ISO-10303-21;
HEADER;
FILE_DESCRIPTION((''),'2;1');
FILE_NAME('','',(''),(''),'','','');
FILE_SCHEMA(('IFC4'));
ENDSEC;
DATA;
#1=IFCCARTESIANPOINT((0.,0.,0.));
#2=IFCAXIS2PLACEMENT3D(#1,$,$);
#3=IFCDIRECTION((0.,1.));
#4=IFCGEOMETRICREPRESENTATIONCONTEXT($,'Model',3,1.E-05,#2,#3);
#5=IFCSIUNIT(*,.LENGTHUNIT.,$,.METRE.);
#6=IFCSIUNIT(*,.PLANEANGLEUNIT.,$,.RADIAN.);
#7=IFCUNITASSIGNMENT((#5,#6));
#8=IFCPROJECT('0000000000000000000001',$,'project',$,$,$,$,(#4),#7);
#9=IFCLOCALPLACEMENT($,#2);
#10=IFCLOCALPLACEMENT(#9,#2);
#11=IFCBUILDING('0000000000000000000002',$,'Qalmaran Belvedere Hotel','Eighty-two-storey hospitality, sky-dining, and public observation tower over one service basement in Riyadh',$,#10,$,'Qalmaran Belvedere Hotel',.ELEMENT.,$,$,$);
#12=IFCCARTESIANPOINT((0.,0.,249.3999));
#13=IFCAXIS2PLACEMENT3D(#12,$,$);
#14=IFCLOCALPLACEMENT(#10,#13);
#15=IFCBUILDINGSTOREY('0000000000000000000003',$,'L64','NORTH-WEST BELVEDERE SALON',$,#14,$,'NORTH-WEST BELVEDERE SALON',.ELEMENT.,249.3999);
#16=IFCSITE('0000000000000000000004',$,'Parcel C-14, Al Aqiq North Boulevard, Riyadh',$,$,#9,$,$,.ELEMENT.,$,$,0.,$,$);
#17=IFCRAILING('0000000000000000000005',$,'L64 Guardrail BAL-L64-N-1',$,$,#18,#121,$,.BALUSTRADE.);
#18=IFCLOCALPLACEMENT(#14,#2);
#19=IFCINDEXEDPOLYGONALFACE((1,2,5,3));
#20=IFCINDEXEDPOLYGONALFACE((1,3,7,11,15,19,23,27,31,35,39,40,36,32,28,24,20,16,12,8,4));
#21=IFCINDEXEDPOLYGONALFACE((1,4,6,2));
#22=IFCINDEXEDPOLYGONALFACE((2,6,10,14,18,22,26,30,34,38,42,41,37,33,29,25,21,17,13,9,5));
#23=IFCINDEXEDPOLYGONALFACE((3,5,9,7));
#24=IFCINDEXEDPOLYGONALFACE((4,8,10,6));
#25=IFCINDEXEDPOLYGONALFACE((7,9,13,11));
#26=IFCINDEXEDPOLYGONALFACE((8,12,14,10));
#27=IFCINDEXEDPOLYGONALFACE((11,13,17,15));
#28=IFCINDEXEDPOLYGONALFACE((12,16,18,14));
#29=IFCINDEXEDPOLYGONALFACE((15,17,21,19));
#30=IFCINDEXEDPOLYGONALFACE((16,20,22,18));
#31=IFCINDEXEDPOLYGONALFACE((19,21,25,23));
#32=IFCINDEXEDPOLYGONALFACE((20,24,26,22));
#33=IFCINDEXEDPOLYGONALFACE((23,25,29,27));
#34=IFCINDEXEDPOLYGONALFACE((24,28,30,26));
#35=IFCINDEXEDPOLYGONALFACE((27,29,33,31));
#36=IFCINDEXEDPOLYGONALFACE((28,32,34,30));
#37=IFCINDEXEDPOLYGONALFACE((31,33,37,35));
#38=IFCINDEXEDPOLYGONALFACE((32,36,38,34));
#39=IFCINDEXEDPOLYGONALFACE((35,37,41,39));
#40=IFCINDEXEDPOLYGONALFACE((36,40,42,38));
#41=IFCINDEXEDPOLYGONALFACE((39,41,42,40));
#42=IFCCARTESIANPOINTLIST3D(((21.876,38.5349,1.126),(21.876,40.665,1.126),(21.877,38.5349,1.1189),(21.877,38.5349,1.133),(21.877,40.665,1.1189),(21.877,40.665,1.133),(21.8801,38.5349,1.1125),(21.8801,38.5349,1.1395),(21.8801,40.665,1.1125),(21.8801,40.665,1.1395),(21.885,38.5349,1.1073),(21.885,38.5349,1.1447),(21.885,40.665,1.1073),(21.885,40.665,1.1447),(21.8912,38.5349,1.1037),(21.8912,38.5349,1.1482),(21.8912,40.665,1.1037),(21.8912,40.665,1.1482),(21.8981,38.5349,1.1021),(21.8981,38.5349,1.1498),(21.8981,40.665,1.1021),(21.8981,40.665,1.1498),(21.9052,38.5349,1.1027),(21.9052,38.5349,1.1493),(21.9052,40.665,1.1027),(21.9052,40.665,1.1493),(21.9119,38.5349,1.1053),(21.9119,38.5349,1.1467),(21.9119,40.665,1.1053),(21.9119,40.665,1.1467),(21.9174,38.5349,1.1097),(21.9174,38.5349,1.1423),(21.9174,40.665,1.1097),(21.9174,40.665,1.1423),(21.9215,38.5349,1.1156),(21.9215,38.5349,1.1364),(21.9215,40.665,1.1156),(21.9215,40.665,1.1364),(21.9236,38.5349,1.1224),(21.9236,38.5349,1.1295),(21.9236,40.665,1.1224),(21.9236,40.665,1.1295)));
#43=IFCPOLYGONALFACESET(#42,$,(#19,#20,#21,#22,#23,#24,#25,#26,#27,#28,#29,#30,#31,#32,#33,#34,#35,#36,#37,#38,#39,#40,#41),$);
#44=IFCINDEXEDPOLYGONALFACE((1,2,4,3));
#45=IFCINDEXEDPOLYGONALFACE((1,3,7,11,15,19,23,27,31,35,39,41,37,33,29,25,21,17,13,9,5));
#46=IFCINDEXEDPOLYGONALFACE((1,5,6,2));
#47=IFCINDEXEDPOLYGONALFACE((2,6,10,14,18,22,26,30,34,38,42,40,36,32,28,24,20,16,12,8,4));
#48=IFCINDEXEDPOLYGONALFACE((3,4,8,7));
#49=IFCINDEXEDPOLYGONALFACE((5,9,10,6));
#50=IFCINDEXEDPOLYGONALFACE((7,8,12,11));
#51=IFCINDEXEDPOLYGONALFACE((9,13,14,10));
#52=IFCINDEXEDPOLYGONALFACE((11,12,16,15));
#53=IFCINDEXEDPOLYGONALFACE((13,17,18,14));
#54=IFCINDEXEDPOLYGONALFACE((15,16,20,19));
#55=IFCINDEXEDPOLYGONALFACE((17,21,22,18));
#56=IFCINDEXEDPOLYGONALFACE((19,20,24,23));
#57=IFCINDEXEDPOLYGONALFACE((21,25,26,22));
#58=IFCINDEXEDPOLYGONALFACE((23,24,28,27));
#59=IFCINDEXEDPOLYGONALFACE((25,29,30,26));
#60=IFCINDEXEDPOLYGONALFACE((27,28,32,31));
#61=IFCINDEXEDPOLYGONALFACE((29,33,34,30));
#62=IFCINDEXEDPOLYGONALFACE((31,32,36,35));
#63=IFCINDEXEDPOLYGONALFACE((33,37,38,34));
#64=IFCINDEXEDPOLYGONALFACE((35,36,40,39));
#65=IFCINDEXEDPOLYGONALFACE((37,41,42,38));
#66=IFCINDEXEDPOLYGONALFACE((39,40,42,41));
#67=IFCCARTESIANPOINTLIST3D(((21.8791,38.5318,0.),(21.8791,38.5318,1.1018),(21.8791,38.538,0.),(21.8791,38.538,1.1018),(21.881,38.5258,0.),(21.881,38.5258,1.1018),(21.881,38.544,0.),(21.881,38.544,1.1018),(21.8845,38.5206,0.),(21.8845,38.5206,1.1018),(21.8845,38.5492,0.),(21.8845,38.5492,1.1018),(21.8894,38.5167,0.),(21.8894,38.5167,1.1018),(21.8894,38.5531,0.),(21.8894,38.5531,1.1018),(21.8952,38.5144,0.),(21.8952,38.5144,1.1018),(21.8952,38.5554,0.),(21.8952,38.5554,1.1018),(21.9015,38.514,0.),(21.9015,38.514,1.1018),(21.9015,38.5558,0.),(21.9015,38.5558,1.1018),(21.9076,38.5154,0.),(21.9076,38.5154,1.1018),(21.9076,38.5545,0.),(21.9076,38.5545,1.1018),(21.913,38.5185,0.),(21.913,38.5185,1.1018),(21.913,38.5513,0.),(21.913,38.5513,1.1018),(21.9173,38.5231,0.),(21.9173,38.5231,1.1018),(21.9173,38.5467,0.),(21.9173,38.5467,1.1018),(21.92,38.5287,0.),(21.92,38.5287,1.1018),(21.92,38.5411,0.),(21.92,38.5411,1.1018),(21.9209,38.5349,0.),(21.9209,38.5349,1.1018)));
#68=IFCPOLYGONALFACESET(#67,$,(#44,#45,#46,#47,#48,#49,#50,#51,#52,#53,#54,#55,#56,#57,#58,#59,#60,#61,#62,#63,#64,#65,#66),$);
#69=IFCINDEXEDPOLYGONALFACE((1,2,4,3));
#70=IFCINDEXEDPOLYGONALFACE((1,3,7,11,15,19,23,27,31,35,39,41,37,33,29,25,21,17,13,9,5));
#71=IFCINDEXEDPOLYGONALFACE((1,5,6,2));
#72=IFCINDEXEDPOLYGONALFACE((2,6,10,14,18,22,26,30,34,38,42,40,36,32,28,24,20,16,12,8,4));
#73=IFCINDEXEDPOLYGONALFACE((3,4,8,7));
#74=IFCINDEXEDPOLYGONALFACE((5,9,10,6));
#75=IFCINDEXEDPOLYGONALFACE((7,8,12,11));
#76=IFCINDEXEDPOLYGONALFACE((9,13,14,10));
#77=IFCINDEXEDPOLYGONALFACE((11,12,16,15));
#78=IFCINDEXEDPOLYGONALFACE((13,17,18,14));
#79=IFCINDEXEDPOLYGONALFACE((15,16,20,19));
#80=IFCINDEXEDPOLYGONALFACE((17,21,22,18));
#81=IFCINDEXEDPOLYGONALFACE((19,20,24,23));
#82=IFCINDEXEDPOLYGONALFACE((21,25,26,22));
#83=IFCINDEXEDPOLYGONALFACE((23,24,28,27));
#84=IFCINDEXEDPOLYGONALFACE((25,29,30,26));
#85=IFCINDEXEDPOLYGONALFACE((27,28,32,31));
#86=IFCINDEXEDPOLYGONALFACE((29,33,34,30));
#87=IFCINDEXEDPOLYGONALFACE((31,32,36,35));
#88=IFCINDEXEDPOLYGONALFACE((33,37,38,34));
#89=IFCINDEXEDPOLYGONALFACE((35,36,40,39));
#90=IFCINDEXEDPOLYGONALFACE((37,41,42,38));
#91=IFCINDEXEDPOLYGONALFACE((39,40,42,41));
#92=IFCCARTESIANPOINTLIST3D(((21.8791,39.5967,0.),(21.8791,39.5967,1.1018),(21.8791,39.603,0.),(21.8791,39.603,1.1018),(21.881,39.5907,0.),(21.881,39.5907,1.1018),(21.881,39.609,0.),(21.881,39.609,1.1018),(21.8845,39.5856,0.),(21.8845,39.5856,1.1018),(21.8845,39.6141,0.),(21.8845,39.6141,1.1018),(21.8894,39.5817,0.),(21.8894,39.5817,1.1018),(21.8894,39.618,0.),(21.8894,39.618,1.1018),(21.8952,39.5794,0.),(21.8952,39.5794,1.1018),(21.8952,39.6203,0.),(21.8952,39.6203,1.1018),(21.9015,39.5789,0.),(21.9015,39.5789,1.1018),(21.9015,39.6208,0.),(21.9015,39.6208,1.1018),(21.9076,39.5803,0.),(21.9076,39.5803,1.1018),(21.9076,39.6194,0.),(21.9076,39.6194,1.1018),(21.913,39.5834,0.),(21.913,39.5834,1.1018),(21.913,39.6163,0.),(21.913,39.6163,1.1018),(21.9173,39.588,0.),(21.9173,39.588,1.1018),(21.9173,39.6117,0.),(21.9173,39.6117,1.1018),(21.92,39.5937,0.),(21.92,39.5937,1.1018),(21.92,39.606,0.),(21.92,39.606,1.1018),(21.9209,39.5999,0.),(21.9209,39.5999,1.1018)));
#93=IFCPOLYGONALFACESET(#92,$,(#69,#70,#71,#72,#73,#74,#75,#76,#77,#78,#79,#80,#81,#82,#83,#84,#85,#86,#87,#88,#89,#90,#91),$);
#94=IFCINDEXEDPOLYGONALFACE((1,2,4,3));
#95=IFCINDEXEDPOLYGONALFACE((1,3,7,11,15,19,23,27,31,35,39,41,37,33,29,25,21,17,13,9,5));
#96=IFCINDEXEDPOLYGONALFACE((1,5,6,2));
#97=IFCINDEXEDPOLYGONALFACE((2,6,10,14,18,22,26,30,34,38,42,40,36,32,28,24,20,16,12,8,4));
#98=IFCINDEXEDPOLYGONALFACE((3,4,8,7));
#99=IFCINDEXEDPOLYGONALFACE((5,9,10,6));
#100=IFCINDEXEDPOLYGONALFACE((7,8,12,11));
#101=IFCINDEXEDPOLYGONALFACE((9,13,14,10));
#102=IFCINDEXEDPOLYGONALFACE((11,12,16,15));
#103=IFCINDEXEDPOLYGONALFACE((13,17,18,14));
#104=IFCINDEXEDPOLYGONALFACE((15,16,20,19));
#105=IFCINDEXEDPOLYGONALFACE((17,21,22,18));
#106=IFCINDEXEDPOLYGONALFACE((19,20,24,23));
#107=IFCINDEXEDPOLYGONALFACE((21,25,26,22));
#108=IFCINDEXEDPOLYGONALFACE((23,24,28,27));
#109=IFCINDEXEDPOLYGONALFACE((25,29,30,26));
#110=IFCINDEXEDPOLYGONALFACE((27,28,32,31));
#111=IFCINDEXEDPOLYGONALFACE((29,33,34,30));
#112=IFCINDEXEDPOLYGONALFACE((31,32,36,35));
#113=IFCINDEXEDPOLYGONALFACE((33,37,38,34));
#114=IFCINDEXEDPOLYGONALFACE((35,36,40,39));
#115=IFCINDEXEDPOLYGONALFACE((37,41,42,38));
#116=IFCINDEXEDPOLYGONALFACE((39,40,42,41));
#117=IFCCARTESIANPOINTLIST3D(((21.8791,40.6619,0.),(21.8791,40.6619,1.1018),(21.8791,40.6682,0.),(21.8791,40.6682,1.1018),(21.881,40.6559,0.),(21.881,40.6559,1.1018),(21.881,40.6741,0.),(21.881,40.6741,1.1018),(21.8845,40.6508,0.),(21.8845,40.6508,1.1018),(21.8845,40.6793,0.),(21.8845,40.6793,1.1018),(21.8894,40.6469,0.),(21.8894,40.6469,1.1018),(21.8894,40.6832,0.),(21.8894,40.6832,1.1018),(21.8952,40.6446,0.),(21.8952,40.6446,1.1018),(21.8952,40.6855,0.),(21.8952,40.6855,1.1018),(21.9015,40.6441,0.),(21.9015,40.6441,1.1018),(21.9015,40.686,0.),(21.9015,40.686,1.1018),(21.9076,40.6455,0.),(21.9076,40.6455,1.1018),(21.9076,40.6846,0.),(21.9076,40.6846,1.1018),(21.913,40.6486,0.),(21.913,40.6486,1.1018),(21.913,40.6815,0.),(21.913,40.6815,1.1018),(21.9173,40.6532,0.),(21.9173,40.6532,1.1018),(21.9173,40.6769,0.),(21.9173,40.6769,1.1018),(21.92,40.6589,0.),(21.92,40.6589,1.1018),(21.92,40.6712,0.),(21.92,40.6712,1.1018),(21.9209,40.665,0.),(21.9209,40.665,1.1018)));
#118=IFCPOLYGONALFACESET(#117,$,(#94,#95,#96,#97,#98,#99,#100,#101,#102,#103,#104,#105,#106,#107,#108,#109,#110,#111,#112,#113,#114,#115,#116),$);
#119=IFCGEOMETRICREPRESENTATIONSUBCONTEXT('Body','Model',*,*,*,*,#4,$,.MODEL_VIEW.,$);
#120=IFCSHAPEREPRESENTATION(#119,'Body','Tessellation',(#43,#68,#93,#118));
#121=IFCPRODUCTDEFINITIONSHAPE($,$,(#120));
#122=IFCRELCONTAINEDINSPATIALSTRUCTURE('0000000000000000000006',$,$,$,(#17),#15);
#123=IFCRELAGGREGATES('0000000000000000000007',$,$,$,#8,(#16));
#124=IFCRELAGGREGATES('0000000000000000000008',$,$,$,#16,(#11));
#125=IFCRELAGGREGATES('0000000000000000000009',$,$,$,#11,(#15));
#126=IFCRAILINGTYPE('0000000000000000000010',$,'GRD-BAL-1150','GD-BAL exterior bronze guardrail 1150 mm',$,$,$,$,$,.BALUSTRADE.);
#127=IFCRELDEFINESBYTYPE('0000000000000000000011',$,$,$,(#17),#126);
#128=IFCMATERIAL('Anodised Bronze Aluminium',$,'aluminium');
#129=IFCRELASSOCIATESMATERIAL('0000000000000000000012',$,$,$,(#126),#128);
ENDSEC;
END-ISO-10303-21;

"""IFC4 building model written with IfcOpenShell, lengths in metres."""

from ifc_helpers import new_model, si_unit, direction, frame, origin, origin_2d, place, context, subcontext, project, spatial, circle, extrude, material, type_object, element, save


model = new_model("IFC4")

# Units and contexts
model_context = context("Model", 3, precision=1e-05, world=origin(), true_north=direction((0.0, 1.0)))
body_context = subcontext(model_context, "Body", "Model", "MODEL_VIEW")
ifc_project = project(units=[si_unit("LENGTHUNIT", "METRE"), si_unit("PLANEANGLEUNIT", "RADIAN")], contexts=[model_context])

# Site, building, storey
site_placement = place(None, origin())
site = spatial("IfcSite", under=ifc_project, at=site_placement, Name="Parcel C-14, Al Aqiq North Boulevard, Riyadh", CompositionType="ELEMENT", RefElevation=0.0)
building_placement = place(site_placement, origin())
building = spatial("IfcBuilding", under=site, at=building_placement, Name="Qalmaran Belvedere Hotel", Description="Eighty-two-storey hospitality, sky-dining, and public observation tower over one service basement in Riyadh", LongName="Qalmaran Belvedere Hotel", CompositionType="ELEMENT")
storey_placement = place(building_placement, frame((0.0, 0.0, 249.3999)))
storey = spatial("IfcBuildingStorey", under=building, at=storey_placement, Name="L64", Description="NORTH-WEST BELVEDERE SALON", LongName="NORTH-WEST BELVEDERE SALON", CompositionType="ELEMENT", Elevation=249.3999)

# Shared definitions
ifc_material_1 = material(Name="Anodised Bronze Aluminium", Category="aluminium")

# Railing
railing_type = type_object("IfcRailingType", Name="GRD-BAL-1150", Description="GD-BAL exterior bronze guardrail 1150 mm", PredefinedType="BALUSTRADE", material=ifc_material_1)
railing_1_placement = place(storey_placement, frame((21.8999, 38.5349, 0.0)))
element("IfcRailing", 1, at=railing_1_placement, inside=storey, type_object=railing_type, Name="L64 Guardrail BAL-L64-N-1", PredefinedType="BALUSTRADE", context=body_context, shape_type="SweptSolid", body=[
    extrude(circle(Radius=0.0239, at=origin_2d()), frame((0.0, 0.0, 1.126), z_axis=(0.0, 1.0, 0.0), x_axis=(-1.0, 0.0, 0.0)), (0.0, 0.0, 1.0), 2.1301),
    extrude(circle(Radius=0.021, at=origin_2d()), origin(), (0.0, 0.0, 1.0), 1.1018),
    extrude(circle(Radius=0.021, at=origin_2d()), frame((0.0, 1.0649, 0.0)), (0.0, 0.0, 1.0), 1.1018),
    extrude(circle(Radius=0.021, at=origin_2d()), frame((0.0, 2.1301, 0.0)), (0.0, 0.0, 1.0), 1.1018),
])

save(model, "model.ifc")
